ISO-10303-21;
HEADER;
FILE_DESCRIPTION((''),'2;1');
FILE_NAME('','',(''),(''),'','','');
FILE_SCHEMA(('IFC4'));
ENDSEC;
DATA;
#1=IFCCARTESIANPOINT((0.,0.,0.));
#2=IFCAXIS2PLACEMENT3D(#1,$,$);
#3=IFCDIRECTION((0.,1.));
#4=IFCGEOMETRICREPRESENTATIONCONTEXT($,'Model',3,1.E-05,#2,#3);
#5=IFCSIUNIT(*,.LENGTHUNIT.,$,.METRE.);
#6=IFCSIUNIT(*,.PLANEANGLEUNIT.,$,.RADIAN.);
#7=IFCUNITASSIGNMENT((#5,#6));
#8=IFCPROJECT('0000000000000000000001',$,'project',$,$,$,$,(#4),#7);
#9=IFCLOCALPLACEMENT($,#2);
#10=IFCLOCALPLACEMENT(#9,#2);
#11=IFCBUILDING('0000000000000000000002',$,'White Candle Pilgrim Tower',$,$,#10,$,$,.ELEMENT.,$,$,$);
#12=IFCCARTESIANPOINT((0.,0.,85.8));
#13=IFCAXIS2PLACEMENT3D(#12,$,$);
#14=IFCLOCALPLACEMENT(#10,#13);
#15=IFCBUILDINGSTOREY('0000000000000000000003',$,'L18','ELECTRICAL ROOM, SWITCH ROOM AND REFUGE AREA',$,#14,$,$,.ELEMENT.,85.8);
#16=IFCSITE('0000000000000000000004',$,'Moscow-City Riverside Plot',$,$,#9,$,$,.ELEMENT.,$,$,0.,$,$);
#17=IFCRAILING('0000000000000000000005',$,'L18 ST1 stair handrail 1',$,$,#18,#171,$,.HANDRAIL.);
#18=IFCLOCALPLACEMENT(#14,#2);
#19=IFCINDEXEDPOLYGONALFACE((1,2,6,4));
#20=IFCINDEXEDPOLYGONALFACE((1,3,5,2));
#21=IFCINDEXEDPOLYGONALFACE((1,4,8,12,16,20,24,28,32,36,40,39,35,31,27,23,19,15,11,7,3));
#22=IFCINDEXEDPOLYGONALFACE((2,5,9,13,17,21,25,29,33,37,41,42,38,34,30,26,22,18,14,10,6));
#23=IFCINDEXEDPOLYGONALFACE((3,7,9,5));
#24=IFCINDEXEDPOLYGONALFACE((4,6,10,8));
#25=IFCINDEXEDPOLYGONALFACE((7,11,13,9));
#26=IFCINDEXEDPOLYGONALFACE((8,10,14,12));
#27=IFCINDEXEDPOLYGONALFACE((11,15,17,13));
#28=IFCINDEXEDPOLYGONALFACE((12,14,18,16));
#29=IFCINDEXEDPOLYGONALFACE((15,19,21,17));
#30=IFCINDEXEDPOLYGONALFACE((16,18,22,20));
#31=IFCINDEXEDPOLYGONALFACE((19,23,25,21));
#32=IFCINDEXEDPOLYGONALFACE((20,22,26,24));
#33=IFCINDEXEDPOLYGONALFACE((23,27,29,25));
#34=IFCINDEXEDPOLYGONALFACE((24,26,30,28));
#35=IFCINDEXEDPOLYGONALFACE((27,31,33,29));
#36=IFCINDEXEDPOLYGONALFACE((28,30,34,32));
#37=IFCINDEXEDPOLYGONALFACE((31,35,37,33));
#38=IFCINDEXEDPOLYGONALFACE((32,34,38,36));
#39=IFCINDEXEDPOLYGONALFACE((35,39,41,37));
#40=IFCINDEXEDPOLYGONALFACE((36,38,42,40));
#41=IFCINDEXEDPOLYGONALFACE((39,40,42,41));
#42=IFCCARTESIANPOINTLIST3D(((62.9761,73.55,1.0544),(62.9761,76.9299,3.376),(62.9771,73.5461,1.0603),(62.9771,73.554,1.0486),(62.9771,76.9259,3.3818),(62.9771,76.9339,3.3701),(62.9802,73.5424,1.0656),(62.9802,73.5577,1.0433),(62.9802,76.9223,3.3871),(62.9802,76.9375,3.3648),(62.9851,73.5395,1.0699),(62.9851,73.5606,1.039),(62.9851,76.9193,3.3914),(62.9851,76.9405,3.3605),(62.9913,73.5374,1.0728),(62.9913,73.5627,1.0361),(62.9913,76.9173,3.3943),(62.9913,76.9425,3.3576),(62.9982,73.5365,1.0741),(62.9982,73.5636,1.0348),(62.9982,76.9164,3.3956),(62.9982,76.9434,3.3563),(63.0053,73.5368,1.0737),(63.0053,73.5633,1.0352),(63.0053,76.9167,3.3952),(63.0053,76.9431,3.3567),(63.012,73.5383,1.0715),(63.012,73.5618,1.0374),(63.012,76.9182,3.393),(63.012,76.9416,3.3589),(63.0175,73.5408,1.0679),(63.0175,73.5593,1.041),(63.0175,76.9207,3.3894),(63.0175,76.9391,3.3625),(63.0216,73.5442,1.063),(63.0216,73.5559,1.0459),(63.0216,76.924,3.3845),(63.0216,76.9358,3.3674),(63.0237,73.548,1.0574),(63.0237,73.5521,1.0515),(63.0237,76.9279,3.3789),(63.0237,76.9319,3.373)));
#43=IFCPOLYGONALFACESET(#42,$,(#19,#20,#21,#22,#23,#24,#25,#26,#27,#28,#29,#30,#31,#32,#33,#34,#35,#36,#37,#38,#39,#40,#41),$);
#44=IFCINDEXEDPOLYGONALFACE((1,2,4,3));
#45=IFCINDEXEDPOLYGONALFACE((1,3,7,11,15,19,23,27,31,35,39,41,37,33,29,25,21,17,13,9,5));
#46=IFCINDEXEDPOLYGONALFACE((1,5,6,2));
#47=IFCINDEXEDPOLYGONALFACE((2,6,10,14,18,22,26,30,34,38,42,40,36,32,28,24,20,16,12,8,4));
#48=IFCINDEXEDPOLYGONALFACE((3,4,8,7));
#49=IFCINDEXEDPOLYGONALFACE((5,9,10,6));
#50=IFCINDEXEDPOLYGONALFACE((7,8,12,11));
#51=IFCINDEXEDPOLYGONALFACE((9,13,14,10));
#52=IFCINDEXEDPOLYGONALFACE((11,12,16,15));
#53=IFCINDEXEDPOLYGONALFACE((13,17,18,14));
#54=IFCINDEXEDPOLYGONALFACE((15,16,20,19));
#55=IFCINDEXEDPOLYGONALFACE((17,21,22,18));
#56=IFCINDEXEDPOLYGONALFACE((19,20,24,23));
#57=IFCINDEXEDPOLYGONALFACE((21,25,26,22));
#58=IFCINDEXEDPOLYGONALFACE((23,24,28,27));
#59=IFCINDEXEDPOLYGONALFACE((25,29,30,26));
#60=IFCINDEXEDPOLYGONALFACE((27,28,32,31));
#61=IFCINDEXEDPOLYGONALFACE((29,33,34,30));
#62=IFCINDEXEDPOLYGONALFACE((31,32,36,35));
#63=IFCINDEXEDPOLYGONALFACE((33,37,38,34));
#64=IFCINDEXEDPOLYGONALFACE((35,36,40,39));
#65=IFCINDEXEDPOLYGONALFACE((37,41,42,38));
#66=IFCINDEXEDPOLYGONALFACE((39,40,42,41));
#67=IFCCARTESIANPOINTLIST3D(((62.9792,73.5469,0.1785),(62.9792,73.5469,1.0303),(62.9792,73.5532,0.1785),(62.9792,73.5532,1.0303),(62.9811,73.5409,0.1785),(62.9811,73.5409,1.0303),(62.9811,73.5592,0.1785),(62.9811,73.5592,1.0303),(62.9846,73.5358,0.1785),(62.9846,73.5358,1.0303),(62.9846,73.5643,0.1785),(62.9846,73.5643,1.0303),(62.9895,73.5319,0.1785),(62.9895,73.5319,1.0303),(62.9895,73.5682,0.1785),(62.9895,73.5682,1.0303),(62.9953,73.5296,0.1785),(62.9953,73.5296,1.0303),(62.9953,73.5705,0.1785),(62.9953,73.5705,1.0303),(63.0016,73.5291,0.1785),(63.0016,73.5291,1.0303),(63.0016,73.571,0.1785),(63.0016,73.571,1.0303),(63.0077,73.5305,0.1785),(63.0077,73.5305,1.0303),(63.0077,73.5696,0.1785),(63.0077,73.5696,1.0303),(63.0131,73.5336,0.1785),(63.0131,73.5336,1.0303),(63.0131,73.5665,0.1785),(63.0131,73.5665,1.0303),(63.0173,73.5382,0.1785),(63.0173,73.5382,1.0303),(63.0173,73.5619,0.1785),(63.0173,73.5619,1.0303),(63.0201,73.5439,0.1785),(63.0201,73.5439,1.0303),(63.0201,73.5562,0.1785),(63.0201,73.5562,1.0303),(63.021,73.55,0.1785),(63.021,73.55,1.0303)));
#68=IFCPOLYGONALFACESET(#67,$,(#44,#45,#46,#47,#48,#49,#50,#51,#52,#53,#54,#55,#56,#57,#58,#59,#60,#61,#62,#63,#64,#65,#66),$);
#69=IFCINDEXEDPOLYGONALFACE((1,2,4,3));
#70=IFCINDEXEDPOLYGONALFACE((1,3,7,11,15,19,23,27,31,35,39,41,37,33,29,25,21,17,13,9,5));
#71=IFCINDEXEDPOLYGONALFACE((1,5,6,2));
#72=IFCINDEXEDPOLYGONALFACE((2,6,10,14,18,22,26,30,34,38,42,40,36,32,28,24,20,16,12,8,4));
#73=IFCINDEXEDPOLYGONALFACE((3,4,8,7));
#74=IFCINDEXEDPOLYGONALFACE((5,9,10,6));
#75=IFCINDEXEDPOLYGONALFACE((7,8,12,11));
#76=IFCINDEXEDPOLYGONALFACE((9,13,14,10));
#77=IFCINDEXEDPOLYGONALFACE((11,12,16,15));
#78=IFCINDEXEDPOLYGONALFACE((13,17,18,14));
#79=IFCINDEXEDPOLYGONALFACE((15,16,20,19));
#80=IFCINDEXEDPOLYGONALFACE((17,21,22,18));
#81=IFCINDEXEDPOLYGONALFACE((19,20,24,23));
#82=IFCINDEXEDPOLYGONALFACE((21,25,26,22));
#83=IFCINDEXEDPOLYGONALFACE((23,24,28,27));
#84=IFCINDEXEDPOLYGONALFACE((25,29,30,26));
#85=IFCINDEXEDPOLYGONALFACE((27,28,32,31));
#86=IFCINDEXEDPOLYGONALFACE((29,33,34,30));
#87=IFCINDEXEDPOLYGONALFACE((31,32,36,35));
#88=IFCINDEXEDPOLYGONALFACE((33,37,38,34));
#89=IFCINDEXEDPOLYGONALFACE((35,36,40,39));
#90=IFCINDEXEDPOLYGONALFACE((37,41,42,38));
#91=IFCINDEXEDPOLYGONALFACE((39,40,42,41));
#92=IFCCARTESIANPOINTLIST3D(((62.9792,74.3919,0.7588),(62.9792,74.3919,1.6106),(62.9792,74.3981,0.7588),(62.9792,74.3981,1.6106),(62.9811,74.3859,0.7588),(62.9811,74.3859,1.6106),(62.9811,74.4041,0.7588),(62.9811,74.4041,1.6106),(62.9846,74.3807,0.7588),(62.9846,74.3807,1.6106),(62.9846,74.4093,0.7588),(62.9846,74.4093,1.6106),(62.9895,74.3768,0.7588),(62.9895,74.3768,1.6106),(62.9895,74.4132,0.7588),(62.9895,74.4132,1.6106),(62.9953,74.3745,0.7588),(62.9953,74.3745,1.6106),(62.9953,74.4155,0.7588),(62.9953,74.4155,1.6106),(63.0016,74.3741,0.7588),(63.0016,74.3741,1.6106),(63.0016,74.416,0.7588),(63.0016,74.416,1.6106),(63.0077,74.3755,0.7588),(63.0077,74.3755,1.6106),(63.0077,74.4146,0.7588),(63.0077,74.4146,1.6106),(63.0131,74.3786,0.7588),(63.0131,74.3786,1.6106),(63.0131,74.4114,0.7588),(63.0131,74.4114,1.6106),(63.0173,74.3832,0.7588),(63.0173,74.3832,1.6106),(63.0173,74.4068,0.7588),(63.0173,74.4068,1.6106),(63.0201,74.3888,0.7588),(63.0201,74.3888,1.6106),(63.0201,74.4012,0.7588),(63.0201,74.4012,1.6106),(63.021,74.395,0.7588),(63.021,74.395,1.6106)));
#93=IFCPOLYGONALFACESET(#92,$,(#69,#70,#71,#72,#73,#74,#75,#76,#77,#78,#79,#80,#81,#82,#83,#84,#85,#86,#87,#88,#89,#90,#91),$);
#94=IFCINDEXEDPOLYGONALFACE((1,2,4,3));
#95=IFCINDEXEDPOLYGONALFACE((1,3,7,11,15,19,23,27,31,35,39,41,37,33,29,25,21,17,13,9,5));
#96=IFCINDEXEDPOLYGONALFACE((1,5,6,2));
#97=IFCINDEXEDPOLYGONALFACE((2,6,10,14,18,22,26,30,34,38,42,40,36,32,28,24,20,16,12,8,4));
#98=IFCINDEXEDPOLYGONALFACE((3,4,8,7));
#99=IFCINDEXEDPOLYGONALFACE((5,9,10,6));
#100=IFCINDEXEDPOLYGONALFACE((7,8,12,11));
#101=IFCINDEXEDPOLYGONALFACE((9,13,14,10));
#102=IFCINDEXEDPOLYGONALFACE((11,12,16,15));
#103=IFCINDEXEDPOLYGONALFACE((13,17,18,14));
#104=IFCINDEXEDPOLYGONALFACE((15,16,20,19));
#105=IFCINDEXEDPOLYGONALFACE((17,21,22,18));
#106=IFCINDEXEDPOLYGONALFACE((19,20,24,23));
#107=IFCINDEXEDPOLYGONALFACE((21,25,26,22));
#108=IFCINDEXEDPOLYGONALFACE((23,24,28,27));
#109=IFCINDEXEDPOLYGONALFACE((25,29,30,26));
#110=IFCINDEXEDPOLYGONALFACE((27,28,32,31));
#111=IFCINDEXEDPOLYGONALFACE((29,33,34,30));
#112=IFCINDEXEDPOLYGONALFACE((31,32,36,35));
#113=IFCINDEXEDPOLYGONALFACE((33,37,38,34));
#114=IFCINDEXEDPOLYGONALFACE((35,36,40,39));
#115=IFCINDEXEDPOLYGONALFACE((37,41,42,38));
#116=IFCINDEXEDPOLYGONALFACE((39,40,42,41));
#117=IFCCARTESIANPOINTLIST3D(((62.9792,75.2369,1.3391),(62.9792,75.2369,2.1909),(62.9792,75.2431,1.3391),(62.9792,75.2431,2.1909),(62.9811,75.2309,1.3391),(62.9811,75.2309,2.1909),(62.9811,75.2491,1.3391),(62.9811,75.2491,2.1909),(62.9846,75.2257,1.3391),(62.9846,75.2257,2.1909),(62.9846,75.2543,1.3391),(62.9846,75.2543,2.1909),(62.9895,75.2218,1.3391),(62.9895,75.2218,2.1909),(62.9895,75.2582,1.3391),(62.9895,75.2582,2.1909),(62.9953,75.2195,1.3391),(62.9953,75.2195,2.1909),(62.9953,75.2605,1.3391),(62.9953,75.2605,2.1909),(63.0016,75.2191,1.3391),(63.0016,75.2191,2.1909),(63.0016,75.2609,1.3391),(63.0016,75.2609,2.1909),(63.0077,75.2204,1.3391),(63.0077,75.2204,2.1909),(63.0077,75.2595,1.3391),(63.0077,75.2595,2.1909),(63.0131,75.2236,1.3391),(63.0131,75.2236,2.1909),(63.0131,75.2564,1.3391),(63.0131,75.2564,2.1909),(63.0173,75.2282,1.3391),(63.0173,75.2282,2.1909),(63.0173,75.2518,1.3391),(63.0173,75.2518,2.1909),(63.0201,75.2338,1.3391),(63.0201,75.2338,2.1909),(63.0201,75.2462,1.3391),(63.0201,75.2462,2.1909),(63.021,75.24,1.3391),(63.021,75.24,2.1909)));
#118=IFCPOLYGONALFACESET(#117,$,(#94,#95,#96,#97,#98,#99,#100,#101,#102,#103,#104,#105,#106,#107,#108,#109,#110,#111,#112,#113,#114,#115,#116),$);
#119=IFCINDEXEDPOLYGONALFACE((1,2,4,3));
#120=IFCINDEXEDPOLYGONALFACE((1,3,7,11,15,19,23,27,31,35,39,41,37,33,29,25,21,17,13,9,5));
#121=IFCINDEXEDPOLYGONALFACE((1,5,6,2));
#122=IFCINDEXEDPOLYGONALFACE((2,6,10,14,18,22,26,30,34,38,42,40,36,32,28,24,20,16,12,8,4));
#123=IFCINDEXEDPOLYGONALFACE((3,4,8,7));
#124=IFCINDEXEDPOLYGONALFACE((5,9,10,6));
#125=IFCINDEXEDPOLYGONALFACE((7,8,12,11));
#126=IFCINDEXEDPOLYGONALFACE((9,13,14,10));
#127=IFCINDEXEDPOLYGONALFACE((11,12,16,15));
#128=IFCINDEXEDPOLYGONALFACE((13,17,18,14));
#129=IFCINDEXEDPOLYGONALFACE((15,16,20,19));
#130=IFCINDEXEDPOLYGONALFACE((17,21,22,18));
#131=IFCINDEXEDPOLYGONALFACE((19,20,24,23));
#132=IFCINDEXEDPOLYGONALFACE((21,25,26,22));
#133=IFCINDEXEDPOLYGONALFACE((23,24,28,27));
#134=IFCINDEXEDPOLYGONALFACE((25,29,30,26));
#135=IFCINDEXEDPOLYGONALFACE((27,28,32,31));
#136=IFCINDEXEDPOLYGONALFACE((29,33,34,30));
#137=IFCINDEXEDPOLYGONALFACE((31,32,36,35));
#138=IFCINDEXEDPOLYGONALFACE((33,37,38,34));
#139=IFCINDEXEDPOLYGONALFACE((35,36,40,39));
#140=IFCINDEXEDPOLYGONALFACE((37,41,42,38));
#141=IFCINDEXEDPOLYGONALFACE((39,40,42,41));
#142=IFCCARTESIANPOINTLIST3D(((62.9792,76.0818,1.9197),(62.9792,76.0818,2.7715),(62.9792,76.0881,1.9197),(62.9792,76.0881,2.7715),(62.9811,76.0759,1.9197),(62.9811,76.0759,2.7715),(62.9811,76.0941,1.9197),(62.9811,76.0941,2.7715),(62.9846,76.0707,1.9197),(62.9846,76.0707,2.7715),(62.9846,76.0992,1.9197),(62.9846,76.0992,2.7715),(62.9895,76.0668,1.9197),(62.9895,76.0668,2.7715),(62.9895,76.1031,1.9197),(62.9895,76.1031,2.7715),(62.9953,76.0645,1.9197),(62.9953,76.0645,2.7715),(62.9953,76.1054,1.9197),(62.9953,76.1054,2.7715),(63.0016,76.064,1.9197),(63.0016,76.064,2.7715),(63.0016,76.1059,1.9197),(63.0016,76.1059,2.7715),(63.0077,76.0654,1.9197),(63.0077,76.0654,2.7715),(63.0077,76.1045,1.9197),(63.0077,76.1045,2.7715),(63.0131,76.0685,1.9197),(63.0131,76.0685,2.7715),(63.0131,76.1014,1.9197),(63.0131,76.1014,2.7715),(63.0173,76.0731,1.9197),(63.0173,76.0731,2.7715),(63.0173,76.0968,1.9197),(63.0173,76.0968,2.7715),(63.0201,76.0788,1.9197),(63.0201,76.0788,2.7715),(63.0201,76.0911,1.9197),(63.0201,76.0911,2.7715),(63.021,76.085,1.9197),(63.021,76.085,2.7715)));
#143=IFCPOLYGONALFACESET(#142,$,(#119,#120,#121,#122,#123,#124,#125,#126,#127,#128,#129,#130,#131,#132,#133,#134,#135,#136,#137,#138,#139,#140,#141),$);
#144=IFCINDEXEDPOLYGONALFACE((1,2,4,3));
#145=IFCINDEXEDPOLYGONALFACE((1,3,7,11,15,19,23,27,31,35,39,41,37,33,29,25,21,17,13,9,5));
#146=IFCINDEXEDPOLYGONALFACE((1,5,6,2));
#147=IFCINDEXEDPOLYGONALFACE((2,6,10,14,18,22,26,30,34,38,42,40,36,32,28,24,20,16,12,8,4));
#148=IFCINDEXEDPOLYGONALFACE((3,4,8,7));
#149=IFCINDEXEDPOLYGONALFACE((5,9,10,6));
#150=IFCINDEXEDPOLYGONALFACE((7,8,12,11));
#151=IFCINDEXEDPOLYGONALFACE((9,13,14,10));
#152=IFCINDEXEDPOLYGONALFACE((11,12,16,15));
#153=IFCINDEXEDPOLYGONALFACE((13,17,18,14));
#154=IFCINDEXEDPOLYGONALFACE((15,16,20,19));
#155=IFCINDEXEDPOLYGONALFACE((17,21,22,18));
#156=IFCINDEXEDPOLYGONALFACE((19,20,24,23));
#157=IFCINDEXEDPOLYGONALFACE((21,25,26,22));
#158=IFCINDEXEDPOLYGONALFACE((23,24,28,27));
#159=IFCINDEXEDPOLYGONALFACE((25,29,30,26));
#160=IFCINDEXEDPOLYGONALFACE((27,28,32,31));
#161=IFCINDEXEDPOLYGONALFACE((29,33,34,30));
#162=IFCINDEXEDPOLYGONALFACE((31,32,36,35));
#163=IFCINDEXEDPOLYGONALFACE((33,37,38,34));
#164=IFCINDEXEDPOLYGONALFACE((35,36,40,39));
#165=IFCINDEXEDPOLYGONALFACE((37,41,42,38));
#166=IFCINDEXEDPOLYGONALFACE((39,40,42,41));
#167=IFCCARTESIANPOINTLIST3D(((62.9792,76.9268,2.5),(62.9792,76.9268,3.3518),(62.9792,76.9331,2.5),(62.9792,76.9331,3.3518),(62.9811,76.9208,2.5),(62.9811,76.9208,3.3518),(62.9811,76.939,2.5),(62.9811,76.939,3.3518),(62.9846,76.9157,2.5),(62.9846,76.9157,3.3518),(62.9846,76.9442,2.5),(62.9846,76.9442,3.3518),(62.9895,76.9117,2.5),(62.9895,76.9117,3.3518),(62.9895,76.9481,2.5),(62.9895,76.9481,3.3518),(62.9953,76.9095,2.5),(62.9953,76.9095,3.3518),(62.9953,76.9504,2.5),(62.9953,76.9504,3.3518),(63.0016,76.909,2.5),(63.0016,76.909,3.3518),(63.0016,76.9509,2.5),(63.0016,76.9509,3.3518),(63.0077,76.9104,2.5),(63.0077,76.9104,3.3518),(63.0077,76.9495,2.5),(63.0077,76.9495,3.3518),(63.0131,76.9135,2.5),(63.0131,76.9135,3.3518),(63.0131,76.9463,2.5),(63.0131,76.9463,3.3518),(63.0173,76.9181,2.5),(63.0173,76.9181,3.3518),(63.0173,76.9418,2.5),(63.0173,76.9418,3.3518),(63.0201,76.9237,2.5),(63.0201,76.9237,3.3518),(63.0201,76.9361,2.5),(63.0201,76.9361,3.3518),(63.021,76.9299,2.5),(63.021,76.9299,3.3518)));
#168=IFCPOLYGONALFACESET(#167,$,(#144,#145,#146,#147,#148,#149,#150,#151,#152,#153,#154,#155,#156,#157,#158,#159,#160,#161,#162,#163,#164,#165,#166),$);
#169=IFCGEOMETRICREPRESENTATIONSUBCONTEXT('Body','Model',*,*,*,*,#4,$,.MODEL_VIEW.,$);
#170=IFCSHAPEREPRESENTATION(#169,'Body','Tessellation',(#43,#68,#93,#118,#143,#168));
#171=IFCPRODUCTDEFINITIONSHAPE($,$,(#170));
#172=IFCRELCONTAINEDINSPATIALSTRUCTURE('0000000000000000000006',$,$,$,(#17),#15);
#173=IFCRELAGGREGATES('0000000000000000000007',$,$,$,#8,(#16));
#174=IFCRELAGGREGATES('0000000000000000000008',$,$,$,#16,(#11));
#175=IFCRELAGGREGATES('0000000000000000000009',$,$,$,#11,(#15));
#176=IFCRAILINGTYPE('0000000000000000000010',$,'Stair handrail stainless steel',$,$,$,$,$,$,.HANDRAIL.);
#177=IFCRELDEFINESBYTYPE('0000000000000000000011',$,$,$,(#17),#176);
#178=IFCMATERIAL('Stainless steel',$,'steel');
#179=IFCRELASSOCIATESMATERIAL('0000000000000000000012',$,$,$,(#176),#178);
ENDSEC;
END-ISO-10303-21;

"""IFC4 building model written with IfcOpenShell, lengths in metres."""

from ifc_helpers import new_model, si_unit, direction, frame, origin, origin_2d, place, context, subcontext, project, spatial, circle, extrude, material, type_object, element, save


model = new_model("IFC4")

# Units and contexts
model_context = context("Model", 3, precision=1e-05, world=origin(), true_north=direction((0.0, 1.0)))
body_context = subcontext(model_context, "Body", "Model", "MODEL_VIEW")
ifc_project = project(units=[si_unit("LENGTHUNIT", "METRE"), si_unit("PLANEANGLEUNIT", "RADIAN")], contexts=[model_context])

# Site, building, storey
site_placement = place(None, origin())
site = spatial("IfcSite", under=ifc_project, at=site_placement, Name="Moscow-City Riverside Plot", CompositionType="ELEMENT", RefElevation=0.0)
building_placement = place(site_placement, origin())
building = spatial("IfcBuilding", under=site, at=building_placement, Name="White Candle Pilgrim Tower", CompositionType="ELEMENT")
storey_placement = place(building_placement, frame((0.0, 0.0, 85.8)))
storey = spatial("IfcBuildingStorey", under=building, at=storey_placement, Name="L18", Description="ELECTRICAL ROOM, SWITCH ROOM AND REFUGE AREA", CompositionType="ELEMENT", Elevation=85.8)

# Shared definitions
ifc_material_1 = material(Name="Stainless steel", Category="steel")

# Railing
railing_type_1 = type_object("IfcRailingType", Name="Stair handrail stainless steel", PredefinedType="HANDRAIL", material=ifc_material_1)
railing_1_placement = place(storey_placement, frame((63.0, 73.55, 0.1785)))
element("IfcRailing", 1, at=railing_1_placement, inside=storey, type_object=railing_type_1, Name="L18 ST1 stair handrail 1", PredefinedType="HANDRAIL", context=body_context, shape_type="SweptSolid", body=[
    extrude(circle(Radius=0.0239, at=origin_2d()), frame((0.0, 0.0, 0.876), z_axis=(0.0, 0.824285, 0.566175), x_axis=(-1.0, 0.0, 0.0)), (0.0, 0.0, 1.0), 4.1003),
    extrude(circle(Radius=0.021, at=origin_2d()), origin(), (0.0, 0.0, 1.0), 0.8518),
    extrude(circle(Radius=0.021, at=origin_2d()), frame((0.0, 0.845, 0.5803)), (0.0, 0.0, 1.0), 0.8518),
    extrude(circle(Radius=0.021, at=origin_2d()), frame((0.0, 1.6899, 1.1606)), (0.0, 0.0, 1.0), 0.8518),
    extrude(circle(Radius=0.021, at=origin_2d()), frame((0.0, 2.5349, 1.7412)), (0.0, 0.0, 1.0), 0.8518),
    extrude(circle(Radius=0.021, at=origin_2d()), frame((0.0, 3.3799, 2.3215)), (0.0, 0.0, 1.0), 0.8518),
])

save(model, "model.ifc")
